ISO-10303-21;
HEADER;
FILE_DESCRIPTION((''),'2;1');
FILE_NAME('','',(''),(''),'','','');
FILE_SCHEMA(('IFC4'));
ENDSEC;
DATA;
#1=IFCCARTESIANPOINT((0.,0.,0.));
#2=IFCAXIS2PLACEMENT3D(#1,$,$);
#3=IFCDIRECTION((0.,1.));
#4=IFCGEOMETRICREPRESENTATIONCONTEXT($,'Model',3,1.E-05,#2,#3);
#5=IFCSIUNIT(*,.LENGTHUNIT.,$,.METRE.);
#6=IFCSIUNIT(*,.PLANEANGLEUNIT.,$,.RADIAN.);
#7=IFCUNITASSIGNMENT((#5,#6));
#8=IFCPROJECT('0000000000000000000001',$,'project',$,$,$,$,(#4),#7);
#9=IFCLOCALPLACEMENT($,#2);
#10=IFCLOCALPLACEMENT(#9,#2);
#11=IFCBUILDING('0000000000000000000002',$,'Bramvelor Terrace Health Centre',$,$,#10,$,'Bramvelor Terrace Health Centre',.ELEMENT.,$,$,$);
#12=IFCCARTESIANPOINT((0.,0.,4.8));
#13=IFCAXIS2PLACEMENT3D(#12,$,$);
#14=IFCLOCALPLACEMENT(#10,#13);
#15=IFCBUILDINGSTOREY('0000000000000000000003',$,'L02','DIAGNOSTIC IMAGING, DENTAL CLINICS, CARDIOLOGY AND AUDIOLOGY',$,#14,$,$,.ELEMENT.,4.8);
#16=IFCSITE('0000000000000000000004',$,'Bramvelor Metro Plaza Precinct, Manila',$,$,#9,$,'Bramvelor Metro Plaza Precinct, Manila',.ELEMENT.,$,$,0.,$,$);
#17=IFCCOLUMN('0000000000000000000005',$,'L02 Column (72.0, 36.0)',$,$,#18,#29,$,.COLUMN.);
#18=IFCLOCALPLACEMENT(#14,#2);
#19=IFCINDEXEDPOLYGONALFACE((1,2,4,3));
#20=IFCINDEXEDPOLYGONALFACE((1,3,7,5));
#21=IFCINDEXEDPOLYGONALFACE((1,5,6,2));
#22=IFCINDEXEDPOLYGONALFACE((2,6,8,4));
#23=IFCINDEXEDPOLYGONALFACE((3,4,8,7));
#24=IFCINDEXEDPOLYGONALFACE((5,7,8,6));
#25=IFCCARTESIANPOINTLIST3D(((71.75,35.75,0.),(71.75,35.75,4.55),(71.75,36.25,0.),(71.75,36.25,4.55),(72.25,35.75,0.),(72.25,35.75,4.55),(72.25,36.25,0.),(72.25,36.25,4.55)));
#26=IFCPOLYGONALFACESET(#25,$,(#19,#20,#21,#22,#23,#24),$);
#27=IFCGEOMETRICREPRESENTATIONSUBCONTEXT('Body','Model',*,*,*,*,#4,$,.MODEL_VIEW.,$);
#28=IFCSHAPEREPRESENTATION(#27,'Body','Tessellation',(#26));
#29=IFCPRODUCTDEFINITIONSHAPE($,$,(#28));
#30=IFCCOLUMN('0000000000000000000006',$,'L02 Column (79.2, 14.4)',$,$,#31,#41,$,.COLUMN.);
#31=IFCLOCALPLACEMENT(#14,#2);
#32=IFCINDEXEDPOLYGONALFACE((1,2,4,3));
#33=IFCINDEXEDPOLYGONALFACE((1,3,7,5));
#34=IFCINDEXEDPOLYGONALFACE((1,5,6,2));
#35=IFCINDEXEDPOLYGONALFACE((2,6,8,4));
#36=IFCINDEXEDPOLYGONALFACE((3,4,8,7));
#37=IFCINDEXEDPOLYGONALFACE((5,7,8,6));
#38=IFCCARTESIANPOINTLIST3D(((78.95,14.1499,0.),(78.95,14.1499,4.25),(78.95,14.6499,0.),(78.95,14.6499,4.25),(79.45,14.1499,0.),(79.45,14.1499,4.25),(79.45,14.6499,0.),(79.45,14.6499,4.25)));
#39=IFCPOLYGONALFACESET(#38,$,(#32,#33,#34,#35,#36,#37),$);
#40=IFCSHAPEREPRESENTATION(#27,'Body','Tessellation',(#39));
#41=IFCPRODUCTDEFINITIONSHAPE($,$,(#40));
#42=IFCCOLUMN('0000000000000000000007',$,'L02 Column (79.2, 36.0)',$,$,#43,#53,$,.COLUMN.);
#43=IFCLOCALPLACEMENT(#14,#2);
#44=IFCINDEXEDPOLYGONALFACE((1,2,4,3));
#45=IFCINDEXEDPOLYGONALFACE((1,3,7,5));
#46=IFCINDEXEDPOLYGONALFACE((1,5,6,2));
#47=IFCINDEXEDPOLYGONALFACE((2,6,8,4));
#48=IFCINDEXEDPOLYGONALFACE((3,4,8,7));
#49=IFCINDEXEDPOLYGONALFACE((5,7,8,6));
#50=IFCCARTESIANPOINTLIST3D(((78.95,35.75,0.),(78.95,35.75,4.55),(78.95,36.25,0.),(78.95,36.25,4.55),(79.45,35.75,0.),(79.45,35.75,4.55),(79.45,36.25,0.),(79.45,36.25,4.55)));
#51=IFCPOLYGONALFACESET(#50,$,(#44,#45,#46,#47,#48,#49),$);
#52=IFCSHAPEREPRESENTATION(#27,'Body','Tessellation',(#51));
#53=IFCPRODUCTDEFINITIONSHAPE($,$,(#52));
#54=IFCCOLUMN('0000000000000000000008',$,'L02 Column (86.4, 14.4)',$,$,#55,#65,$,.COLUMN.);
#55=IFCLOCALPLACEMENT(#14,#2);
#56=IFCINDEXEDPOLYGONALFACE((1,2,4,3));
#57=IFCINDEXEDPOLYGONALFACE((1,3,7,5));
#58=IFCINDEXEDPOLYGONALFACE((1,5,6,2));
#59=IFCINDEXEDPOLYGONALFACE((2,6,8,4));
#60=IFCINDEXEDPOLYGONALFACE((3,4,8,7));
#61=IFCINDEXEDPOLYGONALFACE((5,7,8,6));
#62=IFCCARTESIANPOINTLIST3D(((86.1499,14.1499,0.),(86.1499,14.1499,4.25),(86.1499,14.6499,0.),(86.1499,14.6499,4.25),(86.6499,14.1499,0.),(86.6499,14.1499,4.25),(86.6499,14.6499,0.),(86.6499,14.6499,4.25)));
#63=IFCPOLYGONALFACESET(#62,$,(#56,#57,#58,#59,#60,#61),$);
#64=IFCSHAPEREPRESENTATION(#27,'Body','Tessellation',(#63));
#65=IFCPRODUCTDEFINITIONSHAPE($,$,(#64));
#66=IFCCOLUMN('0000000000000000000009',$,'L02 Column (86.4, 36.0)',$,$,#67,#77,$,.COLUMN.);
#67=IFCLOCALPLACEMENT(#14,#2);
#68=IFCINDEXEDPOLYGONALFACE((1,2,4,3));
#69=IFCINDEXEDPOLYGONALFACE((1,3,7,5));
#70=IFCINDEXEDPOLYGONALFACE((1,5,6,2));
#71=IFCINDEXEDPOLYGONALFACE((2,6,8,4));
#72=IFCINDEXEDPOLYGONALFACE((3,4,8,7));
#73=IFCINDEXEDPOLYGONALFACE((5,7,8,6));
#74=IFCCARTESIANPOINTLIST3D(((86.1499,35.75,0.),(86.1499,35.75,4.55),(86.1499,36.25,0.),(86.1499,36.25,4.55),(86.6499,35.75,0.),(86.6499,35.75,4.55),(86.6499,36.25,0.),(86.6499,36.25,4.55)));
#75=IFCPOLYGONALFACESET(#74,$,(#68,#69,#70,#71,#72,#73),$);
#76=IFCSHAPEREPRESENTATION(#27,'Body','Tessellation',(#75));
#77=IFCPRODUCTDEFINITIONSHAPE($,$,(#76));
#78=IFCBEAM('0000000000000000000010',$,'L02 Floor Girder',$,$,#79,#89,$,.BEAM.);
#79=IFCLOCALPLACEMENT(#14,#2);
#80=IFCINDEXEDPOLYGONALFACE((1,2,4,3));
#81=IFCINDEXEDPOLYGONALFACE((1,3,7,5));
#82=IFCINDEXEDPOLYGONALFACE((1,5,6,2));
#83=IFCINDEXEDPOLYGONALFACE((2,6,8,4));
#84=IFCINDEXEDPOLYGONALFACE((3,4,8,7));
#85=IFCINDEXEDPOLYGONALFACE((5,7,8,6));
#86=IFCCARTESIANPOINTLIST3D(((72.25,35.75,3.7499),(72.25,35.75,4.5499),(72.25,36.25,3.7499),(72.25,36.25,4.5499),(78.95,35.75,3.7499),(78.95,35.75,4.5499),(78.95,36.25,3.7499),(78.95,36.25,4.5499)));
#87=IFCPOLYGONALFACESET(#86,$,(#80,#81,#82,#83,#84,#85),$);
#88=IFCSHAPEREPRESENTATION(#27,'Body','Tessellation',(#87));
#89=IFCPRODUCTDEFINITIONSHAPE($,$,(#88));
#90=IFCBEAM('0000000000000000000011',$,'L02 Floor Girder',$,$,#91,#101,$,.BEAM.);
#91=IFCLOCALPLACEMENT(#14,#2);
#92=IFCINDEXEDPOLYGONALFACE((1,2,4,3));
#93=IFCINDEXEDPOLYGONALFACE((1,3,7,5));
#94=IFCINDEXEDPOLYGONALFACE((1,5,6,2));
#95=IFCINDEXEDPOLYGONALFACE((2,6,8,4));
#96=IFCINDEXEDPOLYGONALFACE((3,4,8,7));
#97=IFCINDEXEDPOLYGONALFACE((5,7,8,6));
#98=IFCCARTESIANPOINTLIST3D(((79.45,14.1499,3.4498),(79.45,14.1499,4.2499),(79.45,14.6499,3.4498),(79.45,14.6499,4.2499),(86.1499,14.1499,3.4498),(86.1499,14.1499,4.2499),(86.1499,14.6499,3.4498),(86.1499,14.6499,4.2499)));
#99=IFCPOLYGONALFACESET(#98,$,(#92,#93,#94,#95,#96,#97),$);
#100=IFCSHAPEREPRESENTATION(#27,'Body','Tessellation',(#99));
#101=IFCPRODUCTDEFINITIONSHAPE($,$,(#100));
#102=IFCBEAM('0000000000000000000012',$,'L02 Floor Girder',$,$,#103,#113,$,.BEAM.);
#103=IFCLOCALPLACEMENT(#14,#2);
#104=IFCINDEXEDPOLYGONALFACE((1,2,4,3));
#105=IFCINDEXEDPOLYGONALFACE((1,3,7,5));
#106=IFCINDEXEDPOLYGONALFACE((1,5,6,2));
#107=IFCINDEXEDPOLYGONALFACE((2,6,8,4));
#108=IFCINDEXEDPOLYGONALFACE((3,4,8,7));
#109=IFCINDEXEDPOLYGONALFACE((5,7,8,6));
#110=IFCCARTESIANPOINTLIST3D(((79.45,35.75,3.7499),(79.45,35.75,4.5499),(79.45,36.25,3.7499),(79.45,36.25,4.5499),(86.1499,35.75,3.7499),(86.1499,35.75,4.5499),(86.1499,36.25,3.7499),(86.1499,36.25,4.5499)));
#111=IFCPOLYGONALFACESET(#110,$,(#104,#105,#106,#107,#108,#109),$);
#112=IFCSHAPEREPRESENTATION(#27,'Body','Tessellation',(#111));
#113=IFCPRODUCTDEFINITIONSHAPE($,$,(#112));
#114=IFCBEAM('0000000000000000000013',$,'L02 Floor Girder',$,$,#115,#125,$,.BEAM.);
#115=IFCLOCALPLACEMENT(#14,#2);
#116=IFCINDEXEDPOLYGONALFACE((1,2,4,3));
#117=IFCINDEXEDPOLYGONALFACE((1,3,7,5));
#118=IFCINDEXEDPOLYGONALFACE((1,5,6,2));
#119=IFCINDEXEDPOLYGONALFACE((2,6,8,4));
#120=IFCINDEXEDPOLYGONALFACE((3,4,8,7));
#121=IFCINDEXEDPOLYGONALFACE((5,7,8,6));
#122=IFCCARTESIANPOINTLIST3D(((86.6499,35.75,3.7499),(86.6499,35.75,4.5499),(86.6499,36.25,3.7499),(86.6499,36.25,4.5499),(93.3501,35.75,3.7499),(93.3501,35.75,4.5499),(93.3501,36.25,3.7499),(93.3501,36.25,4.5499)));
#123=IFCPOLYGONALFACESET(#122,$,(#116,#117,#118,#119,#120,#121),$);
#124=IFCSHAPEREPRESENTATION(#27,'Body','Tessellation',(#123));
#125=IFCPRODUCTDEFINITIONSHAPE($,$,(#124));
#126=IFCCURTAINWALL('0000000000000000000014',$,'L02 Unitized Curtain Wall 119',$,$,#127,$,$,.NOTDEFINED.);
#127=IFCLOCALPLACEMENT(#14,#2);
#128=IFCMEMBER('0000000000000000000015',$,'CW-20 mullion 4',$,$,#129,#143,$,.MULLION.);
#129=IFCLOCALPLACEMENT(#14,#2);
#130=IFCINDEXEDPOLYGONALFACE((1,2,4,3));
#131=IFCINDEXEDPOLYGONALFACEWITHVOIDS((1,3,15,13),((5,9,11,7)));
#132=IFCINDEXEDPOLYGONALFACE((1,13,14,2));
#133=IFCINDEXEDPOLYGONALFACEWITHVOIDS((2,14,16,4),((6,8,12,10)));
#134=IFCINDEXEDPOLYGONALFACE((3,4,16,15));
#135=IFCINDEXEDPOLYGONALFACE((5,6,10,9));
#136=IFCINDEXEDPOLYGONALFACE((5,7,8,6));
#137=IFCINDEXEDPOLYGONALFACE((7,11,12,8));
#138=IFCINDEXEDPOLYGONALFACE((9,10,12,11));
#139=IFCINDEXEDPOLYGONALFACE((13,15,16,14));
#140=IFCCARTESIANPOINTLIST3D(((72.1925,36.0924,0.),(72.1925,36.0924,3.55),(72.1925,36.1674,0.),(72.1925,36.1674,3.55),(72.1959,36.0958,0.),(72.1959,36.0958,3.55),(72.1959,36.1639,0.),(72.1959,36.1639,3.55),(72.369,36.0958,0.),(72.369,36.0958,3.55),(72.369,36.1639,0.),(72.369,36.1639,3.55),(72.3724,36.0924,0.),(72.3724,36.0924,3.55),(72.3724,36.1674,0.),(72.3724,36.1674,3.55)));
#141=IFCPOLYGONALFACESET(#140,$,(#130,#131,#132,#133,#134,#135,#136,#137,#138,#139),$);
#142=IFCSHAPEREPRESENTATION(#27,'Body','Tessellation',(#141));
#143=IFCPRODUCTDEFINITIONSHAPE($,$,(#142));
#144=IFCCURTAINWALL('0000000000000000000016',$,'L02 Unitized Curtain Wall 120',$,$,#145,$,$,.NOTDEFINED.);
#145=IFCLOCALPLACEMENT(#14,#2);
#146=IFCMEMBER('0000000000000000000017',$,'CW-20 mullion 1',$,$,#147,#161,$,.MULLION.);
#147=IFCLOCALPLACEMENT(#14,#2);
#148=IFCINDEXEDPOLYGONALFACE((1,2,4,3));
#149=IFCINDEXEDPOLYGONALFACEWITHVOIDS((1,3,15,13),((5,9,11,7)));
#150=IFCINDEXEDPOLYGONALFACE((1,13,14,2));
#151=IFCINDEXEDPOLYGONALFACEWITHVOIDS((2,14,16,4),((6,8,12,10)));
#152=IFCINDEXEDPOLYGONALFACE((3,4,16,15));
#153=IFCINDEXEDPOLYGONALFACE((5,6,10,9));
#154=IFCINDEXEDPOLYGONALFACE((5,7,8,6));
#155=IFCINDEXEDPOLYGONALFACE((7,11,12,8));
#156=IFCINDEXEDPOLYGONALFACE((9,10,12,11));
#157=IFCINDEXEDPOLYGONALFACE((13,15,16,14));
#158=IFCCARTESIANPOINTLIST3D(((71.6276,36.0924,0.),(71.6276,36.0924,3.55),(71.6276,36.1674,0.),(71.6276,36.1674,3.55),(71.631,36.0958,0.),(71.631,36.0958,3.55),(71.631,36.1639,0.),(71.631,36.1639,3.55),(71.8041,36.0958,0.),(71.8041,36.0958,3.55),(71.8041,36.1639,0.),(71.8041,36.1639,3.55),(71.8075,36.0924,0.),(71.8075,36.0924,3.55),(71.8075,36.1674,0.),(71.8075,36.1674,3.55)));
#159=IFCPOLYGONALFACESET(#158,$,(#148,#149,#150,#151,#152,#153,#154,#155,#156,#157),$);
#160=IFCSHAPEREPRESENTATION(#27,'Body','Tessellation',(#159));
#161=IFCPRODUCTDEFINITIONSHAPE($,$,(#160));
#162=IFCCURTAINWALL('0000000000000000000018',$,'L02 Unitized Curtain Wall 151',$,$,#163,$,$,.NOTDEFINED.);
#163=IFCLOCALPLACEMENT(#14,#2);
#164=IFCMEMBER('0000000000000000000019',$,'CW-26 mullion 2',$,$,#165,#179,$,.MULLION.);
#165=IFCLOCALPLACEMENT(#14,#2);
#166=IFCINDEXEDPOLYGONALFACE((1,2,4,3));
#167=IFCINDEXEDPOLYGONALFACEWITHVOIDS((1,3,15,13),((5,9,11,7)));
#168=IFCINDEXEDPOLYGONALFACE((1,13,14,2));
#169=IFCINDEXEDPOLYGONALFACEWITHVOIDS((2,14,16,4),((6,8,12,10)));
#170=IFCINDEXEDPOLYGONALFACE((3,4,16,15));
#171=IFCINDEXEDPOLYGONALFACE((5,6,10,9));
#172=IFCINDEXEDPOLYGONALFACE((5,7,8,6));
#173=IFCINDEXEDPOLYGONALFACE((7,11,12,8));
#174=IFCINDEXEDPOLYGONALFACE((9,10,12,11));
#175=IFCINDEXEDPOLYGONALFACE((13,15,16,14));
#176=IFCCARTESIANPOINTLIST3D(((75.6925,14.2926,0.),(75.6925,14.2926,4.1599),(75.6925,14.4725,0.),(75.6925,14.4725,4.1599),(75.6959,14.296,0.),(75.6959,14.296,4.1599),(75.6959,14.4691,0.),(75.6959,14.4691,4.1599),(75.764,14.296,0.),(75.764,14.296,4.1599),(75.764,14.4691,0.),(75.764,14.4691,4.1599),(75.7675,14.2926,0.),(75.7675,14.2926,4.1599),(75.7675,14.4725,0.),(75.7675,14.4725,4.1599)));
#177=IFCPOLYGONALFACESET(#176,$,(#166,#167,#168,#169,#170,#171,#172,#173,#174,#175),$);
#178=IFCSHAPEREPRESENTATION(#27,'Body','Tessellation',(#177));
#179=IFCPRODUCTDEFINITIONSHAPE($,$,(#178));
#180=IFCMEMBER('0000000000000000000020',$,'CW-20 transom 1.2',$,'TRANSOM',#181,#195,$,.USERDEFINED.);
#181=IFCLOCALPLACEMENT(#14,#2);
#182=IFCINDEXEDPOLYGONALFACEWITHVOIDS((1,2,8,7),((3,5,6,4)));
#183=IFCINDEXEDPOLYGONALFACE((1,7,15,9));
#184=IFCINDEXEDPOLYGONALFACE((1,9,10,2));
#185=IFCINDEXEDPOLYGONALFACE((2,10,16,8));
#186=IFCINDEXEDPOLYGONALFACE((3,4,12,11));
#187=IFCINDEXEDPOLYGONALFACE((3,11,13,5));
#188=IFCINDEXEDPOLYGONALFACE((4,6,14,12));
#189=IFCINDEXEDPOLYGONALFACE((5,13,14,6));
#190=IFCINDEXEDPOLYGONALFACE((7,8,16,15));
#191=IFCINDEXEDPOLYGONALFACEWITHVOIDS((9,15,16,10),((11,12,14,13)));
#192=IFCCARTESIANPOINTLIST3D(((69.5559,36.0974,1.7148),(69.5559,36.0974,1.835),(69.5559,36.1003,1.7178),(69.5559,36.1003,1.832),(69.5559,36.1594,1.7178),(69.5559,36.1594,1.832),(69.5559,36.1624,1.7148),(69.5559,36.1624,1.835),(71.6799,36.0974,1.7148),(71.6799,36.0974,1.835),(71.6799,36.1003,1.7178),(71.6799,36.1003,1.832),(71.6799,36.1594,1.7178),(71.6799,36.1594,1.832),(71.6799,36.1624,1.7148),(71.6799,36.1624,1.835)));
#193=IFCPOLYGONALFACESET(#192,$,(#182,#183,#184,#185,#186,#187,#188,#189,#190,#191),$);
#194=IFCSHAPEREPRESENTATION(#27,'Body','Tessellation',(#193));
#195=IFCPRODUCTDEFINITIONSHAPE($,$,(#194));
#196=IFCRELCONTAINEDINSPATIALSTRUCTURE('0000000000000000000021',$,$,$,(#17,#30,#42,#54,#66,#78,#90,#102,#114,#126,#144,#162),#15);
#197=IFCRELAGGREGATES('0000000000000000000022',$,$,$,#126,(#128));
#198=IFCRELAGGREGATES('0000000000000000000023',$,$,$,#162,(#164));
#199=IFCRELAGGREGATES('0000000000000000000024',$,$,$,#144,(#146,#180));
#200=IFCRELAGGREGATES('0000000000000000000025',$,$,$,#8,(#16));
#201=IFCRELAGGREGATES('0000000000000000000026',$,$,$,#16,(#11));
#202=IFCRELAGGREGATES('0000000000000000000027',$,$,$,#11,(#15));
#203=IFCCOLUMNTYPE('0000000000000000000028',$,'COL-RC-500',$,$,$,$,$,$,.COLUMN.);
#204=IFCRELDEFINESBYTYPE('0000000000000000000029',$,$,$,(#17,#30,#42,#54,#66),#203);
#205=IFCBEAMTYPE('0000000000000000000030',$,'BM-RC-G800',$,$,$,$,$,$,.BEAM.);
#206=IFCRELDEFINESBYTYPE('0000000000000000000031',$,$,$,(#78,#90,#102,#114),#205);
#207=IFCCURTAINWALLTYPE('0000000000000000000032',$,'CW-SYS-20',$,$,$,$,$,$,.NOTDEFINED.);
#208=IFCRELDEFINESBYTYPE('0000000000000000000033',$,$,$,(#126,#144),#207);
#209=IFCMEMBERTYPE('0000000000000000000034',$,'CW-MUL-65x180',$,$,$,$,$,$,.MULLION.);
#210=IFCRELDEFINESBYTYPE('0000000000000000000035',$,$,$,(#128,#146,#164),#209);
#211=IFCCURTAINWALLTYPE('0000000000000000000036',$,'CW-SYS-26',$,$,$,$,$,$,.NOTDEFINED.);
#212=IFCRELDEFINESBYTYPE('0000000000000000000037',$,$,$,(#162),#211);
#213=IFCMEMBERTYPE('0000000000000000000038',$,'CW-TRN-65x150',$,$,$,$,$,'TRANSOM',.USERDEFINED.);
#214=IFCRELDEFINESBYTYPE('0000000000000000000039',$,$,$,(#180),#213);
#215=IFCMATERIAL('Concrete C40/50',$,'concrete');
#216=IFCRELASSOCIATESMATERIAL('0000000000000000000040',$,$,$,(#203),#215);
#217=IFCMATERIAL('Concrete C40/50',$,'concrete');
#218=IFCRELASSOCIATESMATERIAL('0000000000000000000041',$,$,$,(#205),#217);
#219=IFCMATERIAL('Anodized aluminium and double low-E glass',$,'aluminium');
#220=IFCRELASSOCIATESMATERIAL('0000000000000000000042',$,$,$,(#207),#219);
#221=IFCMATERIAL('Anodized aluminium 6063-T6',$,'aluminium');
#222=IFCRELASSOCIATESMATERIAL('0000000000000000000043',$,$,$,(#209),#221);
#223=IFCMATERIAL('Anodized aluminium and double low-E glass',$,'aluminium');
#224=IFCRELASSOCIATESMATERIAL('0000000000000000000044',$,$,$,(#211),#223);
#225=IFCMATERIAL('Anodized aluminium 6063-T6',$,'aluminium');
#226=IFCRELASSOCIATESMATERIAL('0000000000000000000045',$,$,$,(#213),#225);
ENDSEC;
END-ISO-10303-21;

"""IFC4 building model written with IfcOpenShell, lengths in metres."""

from ifc_helpers import new_model, si_unit, direction, frame, origin, origin_2d, place, context, subcontext, project, spatial, rectangle, hollow_rectangle, extrude, material, material_profile, profile_set, type_object, element, aggregate, save


model = new_model("IFC4")

# Units and contexts
model_context = context("Model", 3, precision=1e-05, world=origin(), true_north=direction((0.0, 1.0)))
body_context = subcontext(model_context, "Body", "Model", "MODEL_VIEW")
ifc_project = project(units=[si_unit("LENGTHUNIT", "METRE"), si_unit("PLANEANGLEUNIT", "RADIAN")], contexts=[model_context])

# Site, building, storey
site_placement = place(None, origin())
site = spatial("IfcSite", under=ifc_project, at=site_placement, Name="Bramvelor Metro Plaza Precinct, Manila", LongName="Bramvelor Metro Plaza Precinct, Manila", CompositionType="ELEMENT", RefElevation=0.0)
building_placement = place(site_placement, origin())
building = spatial("IfcBuilding", under=site, at=building_placement, Name="Bramvelor Terrace Health Centre", LongName="Bramvelor Terrace Health Centre", CompositionType="ELEMENT")
storey_placement = place(building_placement, frame((0.0, 0.0, 4.8)))
storey = spatial("IfcBuildingStorey", under=building, at=storey_placement, Name="L02", Description="DIAGNOSTIC IMAGING, DENTAL CLINICS, CARDIOLOGY AND AUDIOLOGY", CompositionType="ELEMENT", Elevation=4.8)

# Columns
ifc_material_1 = material(Name="Concrete C40/50", Category="concrete")
ifc_material_profile_1 = material_profile(ifc_material_1, rectangle(XDim=0.5, YDim=0.5, at=origin_2d()), Name="RC 500x500")
ifc_profile_set_1 = profile_set([ifc_material_profile_1], Name="Concrete C40/50")
column_type = type_object("IfcColumnType", Name="COL-RC-500", PredefinedType="COLUMN", material=ifc_profile_set_1)
column_1_placement = place(storey_placement, frame((72.0, 36.0, 0.0), z_axis=(0.0, 0.0, 1.0), x_axis=(1.0, 0.0, 0.0)))
element("IfcColumn", 1, at=column_1_placement, inside=storey, type_object=column_type, Name="L02 Column (72.0, 36.0)", PredefinedType="COLUMN", context=body_context, shape_type="SweptSolid", body=[
    extrude(rectangle(XDim=0.5, YDim=0.5, at=origin_2d()), origin(), (0.0, 0.0, 1.0), 4.55),
])
column_2_placement = place(storey_placement, frame((79.2, 14.3999, 0.0), z_axis=(0.0, 0.0, 1.0), x_axis=(1.0, 0.0, 0.0)))
element("IfcColumn", 2, at=column_2_placement, inside=storey, type_object=column_type, Name="L02 Column (79.2, 14.4)", PredefinedType="COLUMN", context=body_context, shape_type="SweptSolid", body=[
    extrude(rectangle(XDim=0.5, YDim=0.5, at=origin_2d()), origin(), (0.0, 0.0, 1.0), 4.25),
])
column_3_placement = place(storey_placement, frame((79.2, 36.0, 0.0), z_axis=(0.0, 0.0, 1.0), x_axis=(1.0, 0.0, 0.0)))
element("IfcColumn", 3, at=column_3_placement, inside=storey, type_object=column_type, Name="L02 Column (79.2, 36.0)", PredefinedType="COLUMN", context=body_context, shape_type="SweptSolid", body=[
    extrude(rectangle(XDim=0.5, YDim=0.5, at=origin_2d()), origin(), (0.0, 0.0, 1.0), 4.55),
])
column_4_placement = place(storey_placement, frame((86.3999, 14.3999, 0.0), z_axis=(0.0, 0.0, 1.0), x_axis=(1.0, 0.0, 0.0)))
element("IfcColumn", 4, at=column_4_placement, inside=storey, type_object=column_type, Name="L02 Column (86.4, 14.4)", PredefinedType="COLUMN", context=body_context, shape_type="SweptSolid", body=[
    extrude(rectangle(XDim=0.5, YDim=0.5, at=origin_2d()), origin(), (0.0, 0.0, 1.0), 4.25),
])
column_5_placement = place(storey_placement, frame((86.3999, 36.0, 0.0), z_axis=(0.0, 0.0, 1.0), x_axis=(1.0, 0.0, 0.0)))
element("IfcColumn", 5, at=column_5_placement, inside=storey, type_object=column_type, Name="L02 Column (86.4, 36.0)", PredefinedType="COLUMN", context=body_context, shape_type="SweptSolid", body=[
    extrude(rectangle(XDim=0.5, YDim=0.5, at=origin_2d()), origin(), (0.0, 0.0, 1.0), 4.55),
])

# Beams
ifc_material_2 = material(Name="Concrete C40/50", Category="concrete")
ifc_material_profile_2 = material_profile(ifc_material_2, rectangle(XDim=0.5, YDim=0.8, at=origin_2d()), Name="RC 500x800")
ifc_profile_set_2 = profile_set([ifc_material_profile_2], Name="Concrete C40/50")
beam_type = type_object("IfcBeamType", Name="BM-RC-G800", PredefinedType="BEAM", material=ifc_profile_set_2)
for number, where, z_axis, x_axis, name in (
    (6, (72.25, 36.0, 4.1499), (1.0, 0.0, 0.0), (0.0, 1.0, 0.0), "L02 Floor Girder"),
    (7, (79.45, 14.3999, 3.8499), (1.0, 0.0, 0.0), (0.0, 1.0, 0.0), "L02 Floor Girder"),
    (8, (79.45, 36.0, 4.1499), (1.0, 0.0, 0.0), (0.0, 1.0, 0.0), "L02 Floor Girder"),
):
    element("IfcBeam", number, at=place(storey_placement, frame(where, z_axis=z_axis, x_axis=x_axis)), inside=storey, type_object=beam_type, Name=name, PredefinedType="BEAM", context=body_context, shape_type="SweptSolid", body=[
        extrude(rectangle(XDim=0.5, YDim=0.8, at=origin_2d()), origin(), (0.0, 0.0, 1.0), 6.7),
    ])
beam_placement = place(storey_placement, frame((86.6499, 36.0, 4.1499), z_axis=(1.0, 0.0, 0.0), x_axis=(0.0, 1.0, 0.0)))
element("IfcBeam", 9, at=beam_placement, inside=storey, type_object=beam_type, Name="L02 Floor Girder", PredefinedType="BEAM", context=body_context, shape_type="SweptSolid", body=[
    extrude(rectangle(XDim=0.5, YDim=0.8, at=origin_2d()), origin(), (0.0, 0.0, 1.0), 6.7002),
])

# Curtain walls, members
ifc_material_3 = material(Name="Anodized aluminium and double low-E glass", Category="aluminium")
curtain_wall_type_1 = type_object("IfcCurtainWallType", Name="CW-SYS-20", PredefinedType="NOTDEFINED", material=ifc_material_3)
curtain_wall_1_placement = place(storey_placement, origin())
curtain_wall_1 = element("IfcCurtainWall", 10, at=curtain_wall_1_placement, inside=storey, type_object=curtain_wall_type_1, Name="L02 Unitized Curtain Wall 119", PredefinedType="NOTDEFINED")
ifc_material_4 = material(Name="Anodized aluminium 6063-T6", Category="aluminium")
ifc_material_profile_3 = material_profile(ifc_material_4, hollow_rectangle(XDim=0.075, YDim=0.1799, WallThickness=0.0034, at=origin_2d()), Name="ALU-MUL 75x180x3.5")
ifc_profile_set_3 = profile_set([ifc_material_profile_3], Name="Anodized aluminium 6063-T6")
member_type_1 = type_object("IfcMemberType", Name="CW-MUL-65x180", PredefinedType="MULLION", material=ifc_profile_set_3)
member_1_placement = place(storey_placement, frame((72.2825, 36.1299, 0.0), z_axis=(0.0, 0.0, 1.0), x_axis=(0.0, -1.0, 0.0)))
member_1 = element("IfcMember", 11, at=member_1_placement, type_object=member_type_1, Name="CW-20 mullion 4", PredefinedType="MULLION", context=body_context, shape_type="SweptSolid", body=[
    extrude(hollow_rectangle(XDim=0.075, YDim=0.1799, WallThickness=0.0034, at=origin_2d()), origin(), (0.0, 0.0, 1.0), 3.55),
])
aggregate(curtain_wall_1, [member_1])
curtain_wall_2_placement = place(storey_placement, origin())
curtain_wall_2 = element("IfcCurtainWall", 12, at=curtain_wall_2_placement, inside=storey, type_object=curtain_wall_type_1, Name="L02 Unitized Curtain Wall 120", PredefinedType="NOTDEFINED")
member_2_placement = place(storey_placement, frame((71.7175, 36.1299, 0.0), z_axis=(0.0, 0.0, 1.0), x_axis=(0.0, -1.0, 0.0)))
member_2 = element("IfcMember", 13, at=member_2_placement, type_object=member_type_1, Name="CW-20 mullion 1", PredefinedType="MULLION", context=body_context, shape_type="SweptSolid", body=[
    extrude(hollow_rectangle(XDim=0.075, YDim=0.1799, WallThickness=0.0034, at=origin_2d()), origin(), (0.0, 0.0, 1.0), 3.55),
])
ifc_material_5 = material(Name="Anodized aluminium and double low-E glass", Category="aluminium")
curtain_wall_type_2 = type_object("IfcCurtainWallType", Name="CW-SYS-26", PredefinedType="NOTDEFINED", material=ifc_material_5)
curtain_wall_3_placement = place(storey_placement, origin())
curtain_wall_3 = element("IfcCurtainWall", 14, at=curtain_wall_3_placement, inside=storey, type_object=curtain_wall_type_2, Name="L02 Unitized Curtain Wall 151", PredefinedType="NOTDEFINED")
member_3_placement = place(storey_placement, frame((75.73, 14.3826, 0.0), z_axis=(0.0, 0.0, 1.0), x_axis=(-1.0, 0.0, 0.0)))
member_3 = element("IfcMember", 15, at=member_3_placement, type_object=member_type_1, Name="CW-26 mullion 2", PredefinedType="MULLION", context=body_context, shape_type="SweptSolid", body=[
    extrude(hollow_rectangle(XDim=0.075, YDim=0.1799, WallThickness=0.0034, at=origin_2d()), origin(), (0.0, 0.0, 1.0), 4.1599),
])
aggregate(curtain_wall_3, [member_3])

# Member
ifc_material_6 = material(Name="Anodized aluminium 6063-T6", Category="aluminium")
ifc_material_profile_4 = material_profile(ifc_material_6, hollow_rectangle(XDim=0.0649, YDim=0.1201, WallThickness=0.0029, at=origin_2d()), Name="ALU-TRN 65x120x3.0")
ifc_profile_set_4 = profile_set([ifc_material_profile_4], Name="Anodized aluminium 6063-T6")
member_type_2 = type_object("IfcMemberType", Name="CW-TRN-65x150", ElementType="TRANSOM", PredefinedType="USERDEFINED", material=ifc_profile_set_4)
member_4_placement = place(storey_placement, frame((71.6799, 36.1299, 1.7749), z_axis=(-1.0, 0.0, 0.0), x_axis=(0.0, -1.0, 0.0)))
member_4 = element("IfcMember", 16, at=member_4_placement, type_object=member_type_2, Name="CW-20 transom 1.2", ObjectType="TRANSOM", PredefinedType="USERDEFINED", context=body_context, shape_type="SweptSolid", body=[
    extrude(hollow_rectangle(XDim=0.0649, YDim=0.1201, WallThickness=0.0029, at=origin_2d()), origin(), (0.0, 0.0, 1.0), 2.124),
])
aggregate(curtain_wall_2, [member_2, member_4])

save(model, "model.ifc")
